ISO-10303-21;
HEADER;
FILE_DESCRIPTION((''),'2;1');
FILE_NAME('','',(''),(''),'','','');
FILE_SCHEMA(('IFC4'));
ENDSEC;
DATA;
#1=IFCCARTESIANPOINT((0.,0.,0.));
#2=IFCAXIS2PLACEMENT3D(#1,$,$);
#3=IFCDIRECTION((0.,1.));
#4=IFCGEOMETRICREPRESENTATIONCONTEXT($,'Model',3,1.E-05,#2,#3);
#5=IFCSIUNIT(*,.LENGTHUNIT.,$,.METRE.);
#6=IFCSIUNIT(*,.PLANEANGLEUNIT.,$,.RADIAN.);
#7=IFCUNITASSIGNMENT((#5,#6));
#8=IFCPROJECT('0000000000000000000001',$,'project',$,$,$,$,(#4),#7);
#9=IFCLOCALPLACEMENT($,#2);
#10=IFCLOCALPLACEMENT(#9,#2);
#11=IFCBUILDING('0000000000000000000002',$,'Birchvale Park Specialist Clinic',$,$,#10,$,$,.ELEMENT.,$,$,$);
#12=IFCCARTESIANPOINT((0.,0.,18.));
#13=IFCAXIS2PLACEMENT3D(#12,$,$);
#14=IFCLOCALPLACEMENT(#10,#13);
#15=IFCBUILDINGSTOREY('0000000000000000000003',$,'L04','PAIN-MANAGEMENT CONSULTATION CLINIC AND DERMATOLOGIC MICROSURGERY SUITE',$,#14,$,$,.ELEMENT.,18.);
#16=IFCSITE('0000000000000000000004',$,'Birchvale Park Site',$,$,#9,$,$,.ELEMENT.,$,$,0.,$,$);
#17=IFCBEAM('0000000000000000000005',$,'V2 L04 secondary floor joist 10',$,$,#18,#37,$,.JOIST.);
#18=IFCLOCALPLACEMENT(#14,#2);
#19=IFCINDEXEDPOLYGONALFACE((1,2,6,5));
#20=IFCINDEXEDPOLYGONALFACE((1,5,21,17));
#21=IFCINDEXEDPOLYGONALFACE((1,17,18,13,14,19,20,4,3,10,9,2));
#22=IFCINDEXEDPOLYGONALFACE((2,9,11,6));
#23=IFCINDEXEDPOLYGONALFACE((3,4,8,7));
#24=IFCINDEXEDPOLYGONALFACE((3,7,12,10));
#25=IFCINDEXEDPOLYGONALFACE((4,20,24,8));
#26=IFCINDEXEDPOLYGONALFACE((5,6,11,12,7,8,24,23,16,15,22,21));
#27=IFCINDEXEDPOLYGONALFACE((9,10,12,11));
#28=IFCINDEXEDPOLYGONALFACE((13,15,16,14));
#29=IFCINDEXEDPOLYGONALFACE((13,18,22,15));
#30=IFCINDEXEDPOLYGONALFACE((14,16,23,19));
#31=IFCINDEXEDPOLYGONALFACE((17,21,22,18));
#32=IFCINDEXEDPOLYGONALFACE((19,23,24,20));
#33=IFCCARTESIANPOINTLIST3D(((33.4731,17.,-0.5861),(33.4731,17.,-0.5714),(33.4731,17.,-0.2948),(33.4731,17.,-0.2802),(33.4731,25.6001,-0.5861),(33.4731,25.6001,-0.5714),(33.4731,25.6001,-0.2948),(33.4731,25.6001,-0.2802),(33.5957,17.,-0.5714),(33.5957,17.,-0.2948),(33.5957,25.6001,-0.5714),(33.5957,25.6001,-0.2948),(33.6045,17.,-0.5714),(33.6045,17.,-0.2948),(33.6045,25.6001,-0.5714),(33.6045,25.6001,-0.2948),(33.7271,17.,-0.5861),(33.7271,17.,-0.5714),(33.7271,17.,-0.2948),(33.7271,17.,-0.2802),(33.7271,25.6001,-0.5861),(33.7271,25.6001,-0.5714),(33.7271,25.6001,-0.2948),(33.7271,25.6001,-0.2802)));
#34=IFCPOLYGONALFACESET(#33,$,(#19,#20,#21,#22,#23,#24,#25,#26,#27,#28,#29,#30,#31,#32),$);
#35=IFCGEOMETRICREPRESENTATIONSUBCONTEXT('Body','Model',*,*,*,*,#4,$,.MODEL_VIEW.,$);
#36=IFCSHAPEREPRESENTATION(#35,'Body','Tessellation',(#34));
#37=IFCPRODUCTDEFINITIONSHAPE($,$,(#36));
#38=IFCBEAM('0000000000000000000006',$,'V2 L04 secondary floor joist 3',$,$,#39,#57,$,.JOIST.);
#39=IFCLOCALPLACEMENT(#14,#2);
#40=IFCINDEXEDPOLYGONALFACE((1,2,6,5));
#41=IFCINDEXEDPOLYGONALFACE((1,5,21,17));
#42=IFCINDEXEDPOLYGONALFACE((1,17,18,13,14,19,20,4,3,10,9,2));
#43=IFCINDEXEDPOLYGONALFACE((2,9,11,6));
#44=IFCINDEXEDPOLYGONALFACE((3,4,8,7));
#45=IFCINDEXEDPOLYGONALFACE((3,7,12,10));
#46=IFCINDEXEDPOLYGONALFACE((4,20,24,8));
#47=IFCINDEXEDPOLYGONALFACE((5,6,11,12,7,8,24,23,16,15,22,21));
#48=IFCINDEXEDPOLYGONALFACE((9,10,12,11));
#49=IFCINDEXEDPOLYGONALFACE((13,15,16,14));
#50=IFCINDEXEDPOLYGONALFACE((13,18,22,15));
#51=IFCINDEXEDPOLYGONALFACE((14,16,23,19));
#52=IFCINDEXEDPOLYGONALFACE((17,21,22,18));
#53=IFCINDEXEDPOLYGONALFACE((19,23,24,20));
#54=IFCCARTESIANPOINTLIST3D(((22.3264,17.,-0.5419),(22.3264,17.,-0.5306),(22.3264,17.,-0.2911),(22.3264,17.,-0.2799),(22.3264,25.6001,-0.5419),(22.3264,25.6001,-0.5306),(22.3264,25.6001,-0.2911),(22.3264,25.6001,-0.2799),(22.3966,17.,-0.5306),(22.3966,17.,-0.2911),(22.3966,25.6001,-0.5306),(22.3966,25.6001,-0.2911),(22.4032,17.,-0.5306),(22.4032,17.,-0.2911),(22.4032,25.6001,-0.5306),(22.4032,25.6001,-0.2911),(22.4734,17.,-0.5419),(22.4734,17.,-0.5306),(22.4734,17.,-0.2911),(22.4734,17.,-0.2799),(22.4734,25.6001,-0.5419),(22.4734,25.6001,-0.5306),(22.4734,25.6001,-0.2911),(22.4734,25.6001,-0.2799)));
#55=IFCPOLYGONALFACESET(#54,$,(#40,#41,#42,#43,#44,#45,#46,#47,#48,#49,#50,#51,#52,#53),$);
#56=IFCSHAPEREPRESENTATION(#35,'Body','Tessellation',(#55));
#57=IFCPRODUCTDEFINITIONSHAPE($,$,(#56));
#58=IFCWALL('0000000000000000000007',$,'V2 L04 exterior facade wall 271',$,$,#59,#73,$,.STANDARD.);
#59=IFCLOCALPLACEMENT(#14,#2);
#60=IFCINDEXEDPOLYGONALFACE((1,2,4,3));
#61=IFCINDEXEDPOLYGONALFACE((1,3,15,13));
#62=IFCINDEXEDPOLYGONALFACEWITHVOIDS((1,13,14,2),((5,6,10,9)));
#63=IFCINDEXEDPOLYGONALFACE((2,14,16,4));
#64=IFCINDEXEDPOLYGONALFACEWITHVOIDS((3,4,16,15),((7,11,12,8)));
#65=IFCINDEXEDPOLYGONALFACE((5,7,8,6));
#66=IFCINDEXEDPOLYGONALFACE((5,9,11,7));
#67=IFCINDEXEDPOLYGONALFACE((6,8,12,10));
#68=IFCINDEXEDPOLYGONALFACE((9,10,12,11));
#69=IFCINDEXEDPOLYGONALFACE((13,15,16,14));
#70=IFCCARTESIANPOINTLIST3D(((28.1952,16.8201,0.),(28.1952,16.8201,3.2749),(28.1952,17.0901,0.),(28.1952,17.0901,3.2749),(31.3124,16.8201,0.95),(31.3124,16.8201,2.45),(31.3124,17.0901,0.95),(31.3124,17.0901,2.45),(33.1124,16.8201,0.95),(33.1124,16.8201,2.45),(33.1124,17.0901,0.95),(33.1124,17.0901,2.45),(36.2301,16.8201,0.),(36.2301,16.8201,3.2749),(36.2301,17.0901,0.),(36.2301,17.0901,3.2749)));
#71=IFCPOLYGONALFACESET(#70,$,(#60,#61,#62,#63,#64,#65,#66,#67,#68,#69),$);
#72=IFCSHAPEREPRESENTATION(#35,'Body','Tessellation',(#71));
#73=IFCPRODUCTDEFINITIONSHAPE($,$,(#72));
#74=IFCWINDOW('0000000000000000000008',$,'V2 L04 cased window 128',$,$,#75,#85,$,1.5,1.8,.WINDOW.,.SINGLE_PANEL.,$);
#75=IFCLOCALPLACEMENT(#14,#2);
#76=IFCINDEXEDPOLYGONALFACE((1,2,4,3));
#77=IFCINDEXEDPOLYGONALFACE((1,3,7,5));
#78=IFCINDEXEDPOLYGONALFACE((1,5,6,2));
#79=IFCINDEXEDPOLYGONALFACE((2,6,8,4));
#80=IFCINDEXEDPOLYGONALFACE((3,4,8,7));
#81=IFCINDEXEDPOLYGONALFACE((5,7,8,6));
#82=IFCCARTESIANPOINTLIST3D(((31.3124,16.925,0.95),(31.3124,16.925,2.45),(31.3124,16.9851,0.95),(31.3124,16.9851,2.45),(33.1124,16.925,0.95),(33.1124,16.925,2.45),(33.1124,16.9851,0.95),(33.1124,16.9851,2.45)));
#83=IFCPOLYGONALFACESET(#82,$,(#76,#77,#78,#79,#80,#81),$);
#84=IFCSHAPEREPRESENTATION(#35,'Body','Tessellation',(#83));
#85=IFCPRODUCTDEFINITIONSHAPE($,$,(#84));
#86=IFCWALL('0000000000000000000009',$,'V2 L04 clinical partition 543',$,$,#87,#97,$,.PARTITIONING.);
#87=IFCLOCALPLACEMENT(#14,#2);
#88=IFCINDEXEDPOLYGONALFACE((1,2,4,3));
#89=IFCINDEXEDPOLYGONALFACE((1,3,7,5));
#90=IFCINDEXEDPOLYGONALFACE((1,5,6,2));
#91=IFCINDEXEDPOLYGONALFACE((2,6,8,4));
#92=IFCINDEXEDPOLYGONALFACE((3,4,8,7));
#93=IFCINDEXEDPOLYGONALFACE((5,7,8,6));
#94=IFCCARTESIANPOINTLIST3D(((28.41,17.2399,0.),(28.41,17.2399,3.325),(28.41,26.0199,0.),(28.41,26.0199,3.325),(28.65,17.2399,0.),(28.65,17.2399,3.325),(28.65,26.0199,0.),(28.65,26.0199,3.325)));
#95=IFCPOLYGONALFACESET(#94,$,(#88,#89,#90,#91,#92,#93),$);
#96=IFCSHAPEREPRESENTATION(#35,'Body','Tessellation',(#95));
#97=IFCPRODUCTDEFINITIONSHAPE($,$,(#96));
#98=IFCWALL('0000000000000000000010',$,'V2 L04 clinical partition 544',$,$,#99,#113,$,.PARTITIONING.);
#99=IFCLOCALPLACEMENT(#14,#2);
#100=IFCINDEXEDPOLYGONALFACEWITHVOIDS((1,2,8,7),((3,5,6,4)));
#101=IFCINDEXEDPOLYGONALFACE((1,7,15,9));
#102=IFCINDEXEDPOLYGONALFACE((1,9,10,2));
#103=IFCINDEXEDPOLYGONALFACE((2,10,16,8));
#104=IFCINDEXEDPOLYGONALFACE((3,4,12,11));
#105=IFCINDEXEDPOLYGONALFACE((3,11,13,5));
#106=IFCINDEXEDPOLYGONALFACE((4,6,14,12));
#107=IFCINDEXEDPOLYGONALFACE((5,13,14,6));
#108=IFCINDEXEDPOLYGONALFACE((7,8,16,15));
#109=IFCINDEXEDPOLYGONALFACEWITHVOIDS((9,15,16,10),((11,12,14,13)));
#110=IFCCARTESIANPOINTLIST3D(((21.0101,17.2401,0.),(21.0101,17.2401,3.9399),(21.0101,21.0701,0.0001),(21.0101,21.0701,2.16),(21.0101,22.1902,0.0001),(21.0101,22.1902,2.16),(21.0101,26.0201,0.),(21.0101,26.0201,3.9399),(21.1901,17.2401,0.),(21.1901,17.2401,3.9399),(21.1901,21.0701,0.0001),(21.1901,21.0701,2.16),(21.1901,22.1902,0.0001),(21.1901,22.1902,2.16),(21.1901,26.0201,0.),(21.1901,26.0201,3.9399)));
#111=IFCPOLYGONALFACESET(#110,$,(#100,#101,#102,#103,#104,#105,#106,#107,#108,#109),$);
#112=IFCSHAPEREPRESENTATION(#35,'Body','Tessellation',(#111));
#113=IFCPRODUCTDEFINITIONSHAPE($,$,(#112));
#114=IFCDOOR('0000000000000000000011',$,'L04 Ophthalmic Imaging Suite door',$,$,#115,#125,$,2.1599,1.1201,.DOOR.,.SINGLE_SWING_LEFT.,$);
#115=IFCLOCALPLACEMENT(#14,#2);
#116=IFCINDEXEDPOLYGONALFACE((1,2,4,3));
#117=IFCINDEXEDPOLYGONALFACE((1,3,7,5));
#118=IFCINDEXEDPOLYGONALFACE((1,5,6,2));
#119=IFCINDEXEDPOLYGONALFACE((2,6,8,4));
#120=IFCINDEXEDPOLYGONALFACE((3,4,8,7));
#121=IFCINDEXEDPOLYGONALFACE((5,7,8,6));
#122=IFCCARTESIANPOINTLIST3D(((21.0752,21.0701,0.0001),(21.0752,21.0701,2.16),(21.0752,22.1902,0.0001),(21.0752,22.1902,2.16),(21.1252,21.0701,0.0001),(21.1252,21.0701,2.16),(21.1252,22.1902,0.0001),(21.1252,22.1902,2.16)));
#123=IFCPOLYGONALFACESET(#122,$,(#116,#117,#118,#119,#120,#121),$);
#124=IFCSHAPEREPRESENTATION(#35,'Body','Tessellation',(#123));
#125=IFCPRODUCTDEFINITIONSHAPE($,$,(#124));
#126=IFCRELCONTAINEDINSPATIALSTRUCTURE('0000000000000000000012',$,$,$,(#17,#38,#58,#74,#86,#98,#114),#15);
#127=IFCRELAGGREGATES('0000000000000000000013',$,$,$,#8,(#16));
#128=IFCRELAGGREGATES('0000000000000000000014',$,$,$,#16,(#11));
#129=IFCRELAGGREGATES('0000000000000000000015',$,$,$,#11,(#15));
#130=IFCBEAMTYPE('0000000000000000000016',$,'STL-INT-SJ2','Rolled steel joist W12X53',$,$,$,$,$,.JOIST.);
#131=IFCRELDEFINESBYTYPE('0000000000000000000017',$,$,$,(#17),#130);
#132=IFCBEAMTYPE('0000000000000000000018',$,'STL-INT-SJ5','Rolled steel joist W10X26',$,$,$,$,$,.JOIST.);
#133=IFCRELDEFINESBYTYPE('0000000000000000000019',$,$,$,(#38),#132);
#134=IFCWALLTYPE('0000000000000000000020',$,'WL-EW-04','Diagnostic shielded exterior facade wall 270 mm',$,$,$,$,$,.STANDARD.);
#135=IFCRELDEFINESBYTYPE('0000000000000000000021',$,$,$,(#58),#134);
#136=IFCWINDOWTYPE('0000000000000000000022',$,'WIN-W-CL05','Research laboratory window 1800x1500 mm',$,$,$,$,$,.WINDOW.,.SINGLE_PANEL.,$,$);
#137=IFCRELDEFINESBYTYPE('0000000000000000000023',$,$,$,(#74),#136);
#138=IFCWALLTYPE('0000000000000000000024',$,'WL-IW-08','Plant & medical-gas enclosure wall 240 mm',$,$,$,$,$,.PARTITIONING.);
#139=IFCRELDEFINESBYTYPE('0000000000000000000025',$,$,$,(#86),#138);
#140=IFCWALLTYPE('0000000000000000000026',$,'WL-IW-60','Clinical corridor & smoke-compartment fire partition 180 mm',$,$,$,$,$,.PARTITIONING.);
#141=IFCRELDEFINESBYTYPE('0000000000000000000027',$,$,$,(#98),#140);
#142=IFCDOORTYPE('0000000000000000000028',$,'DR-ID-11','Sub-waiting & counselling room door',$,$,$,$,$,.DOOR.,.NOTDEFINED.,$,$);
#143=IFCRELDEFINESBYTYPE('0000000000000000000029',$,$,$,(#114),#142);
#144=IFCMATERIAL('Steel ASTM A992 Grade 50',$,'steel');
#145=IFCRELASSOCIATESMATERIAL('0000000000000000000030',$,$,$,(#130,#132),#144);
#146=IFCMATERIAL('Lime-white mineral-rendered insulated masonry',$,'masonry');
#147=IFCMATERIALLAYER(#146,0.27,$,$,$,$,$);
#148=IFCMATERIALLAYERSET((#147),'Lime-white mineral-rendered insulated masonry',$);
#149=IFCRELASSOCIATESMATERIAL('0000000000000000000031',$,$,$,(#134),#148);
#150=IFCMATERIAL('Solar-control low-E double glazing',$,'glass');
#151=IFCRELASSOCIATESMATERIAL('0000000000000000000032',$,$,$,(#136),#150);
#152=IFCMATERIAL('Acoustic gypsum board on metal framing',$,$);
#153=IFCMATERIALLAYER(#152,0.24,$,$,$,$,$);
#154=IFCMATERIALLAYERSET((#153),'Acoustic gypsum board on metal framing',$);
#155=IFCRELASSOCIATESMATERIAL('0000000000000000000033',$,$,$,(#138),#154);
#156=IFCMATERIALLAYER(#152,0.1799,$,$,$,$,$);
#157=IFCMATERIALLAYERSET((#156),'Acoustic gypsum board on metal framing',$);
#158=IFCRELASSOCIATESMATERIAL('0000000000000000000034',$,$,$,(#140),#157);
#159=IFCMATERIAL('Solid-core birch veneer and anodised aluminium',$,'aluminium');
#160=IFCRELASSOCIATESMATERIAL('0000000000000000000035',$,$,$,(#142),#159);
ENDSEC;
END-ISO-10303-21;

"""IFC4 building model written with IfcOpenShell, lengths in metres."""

from ifc_helpers import new_model, si_unit, direction, frame, frame_2d, origin, origin_2d, place, context, subcontext, project, spatial, rectangle, i_section, extrude, material, layer, layer_set, material_profile, profile_set, type_object, element, fill, save


model = new_model("IFC4")

# Units and contexts
model_context = context("Model", 3, precision=1e-05, world=origin(), true_north=direction((0.0, 1.0)))
body_context = subcontext(model_context, "Body", "Model", "MODEL_VIEW")
ifc_project = project(units=[si_unit("LENGTHUNIT", "METRE"), si_unit("PLANEANGLEUNIT", "RADIAN")], contexts=[model_context])

# Site, building, storey
site_placement = place(None, origin())
site = spatial("IfcSite", under=ifc_project, at=site_placement, Name="Birchvale Park Site", CompositionType="ELEMENT", RefElevation=0.0)
building_placement = place(site_placement, origin())
building = spatial("IfcBuilding", under=site, at=building_placement, Name="Birchvale Park Specialist Clinic", CompositionType="ELEMENT")
storey_placement = place(building_placement, frame((0.0, 0.0, 18.0)))
storey = spatial("IfcBuildingStorey", under=building, at=storey_placement, Name="L04", Description="PAIN-MANAGEMENT CONSULTATION CLINIC AND DERMATOLOGIC MICROSURGERY SUITE", CompositionType="ELEMENT", Elevation=18.0)

# Beams
ifc_material_1 = material(Name="Steel ASTM A992 Grade 50", Category="steel")
ifc_material_profile_1 = material_profile(ifc_material_1, i_section(OverallWidth=0.2539, OverallDepth=0.3059, WebThickness=0.0088, FlangeThickness=0.0146, at=origin_2d()), Name="W12X53")
ifc_profile_set_1 = profile_set([ifc_material_profile_1], Name="Steel ASTM A992 Grade 50")
beam_type_1 = type_object("IfcBeamType", Name="STL-INT-SJ2", Description="Rolled steel joist W12X53", PredefinedType="JOIST", material=ifc_profile_set_1)
beam_1_placement = place(storey_placement, frame((33.6001, 17.0, -0.4331), z_axis=(0.0, 1.0, 0.0), x_axis=(-1.0, 0.0, 0.0)))
element("IfcBeam", 1, at=beam_1_placement, inside=storey, type_object=beam_type_1, Name="V2 L04 secondary floor joist 10", PredefinedType="JOIST", context=body_context, shape_type="SweptSolid", body=[
    extrude(i_section(OverallWidth=0.2539, OverallDepth=0.3059, WebThickness=0.0088, FlangeThickness=0.0146, at=origin_2d()), origin(), (0.0, 0.0, 1.0), 8.6001),
])
ifc_material_profile_2 = material_profile(ifc_material_1, i_section(OverallWidth=0.147, OverallDepth=0.262, WebThickness=0.0066, FlangeThickness=0.0112, at=origin_2d()), Name="W10X26")
ifc_profile_set_2 = profile_set([ifc_material_profile_2], Name="Steel ASTM A992 Grade 50")
beam_type_2 = type_object("IfcBeamType", Name="STL-INT-SJ5", Description="Rolled steel joist W10X26", PredefinedType="JOIST", material=ifc_profile_set_2)
beam_2_placement = place(storey_placement, frame((22.3999, 17.0, -0.4109), z_axis=(0.0, 1.0, 0.0), x_axis=(-1.0, 0.0, 0.0)))
element("IfcBeam", 2, at=beam_2_placement, inside=storey, type_object=beam_type_2, Name="V2 L04 secondary floor joist 3", PredefinedType="JOIST", context=body_context, shape_type="SweptSolid", body=[
    extrude(i_section(OverallWidth=0.147, OverallDepth=0.262, WebThickness=0.0066, FlangeThickness=0.0112, at=origin_2d()), origin(), (0.0, 0.0, 1.0), 8.6001),
])

# Wall, opening, window
ifc_material_2 = material(Name="Lime-white mineral-rendered insulated masonry", Category="masonry")
ifc_layer_1 = layer(ifc_material_2, 0.27)
ifc_layer_set_1 = layer_set([ifc_layer_1], Name="Lime-white mineral-rendered insulated masonry")
wall_type_1 = type_object("IfcWallType", Name="WL-EW-04", Description="Diagnostic shielded exterior facade wall 270 mm", PredefinedType="STANDARD", material=ifc_layer_set_1)
wall_1_placement = place(storey_placement, frame((28.1951, 16.9551, 0.0), z_axis=(0.0, 0.0, 1.0), x_axis=(1.0, 0.0, 0.0)))
wall_1 = element("IfcWall", 3, at=wall_1_placement, inside=storey, type_object=wall_type_1, Name="V2 L04 exterior facade wall 271", PredefinedType="STANDARD", context=body_context, shape_type="SweptSolid", body=[
    extrude(rectangle(XDim=8.0349, YDim=0.27, at=frame_2d((4.0176, 0.0))), origin(), (0.0, 0.0, 1.0), 3.2749),
])
opening_1_placement = place(wall_1_placement, frame((3.1174, 0.0, 0.95)))
opening_1 = element("IfcOpeningElement", 4, at=opening_1_placement, cuts=wall_1, PredefinedType="OPENING", context=body_context, shape_type="SweptSolid", body=[
    extrude(rectangle(XDim=1.8, YDim=1.5, at=frame_2d((0.8999, 0.75))), frame((0.0, 0.145, 0.0), z_axis=(0.0, -1.0, 0.0), x_axis=(1.0, 0.0, 0.0)), (0.0, 0.0, 1.0), 0.29),
])
ifc_material_3 = material(Name="Solar-control low-E double glazing", Category="glass")
window_type = type_object("IfcWindowType", Name="WIN-W-CL05", Description="Research laboratory window 1800x1500 mm", PartitioningType="SINGLE_PANEL", PredefinedType="WINDOW", material=ifc_material_3)
window_placement = place(opening_1_placement, origin())
window = element("IfcWindow", 5, at=window_placement, inside=storey, type_object=window_type, Name="V2 L04 cased window 128", OverallHeight=1.5, OverallWidth=1.8, PartitioningType="SINGLE_PANEL", PredefinedType="WINDOW", context=body_context, shape_type="SweptSolid", body=[
    extrude(rectangle(XDim=1.8, YDim=1.5, at=frame_2d((0.8999, 0.75))), frame((0.0, 0.03, 0.0), z_axis=(0.0, -1.0, 0.0), x_axis=(1.0, 0.0, 0.0)), (0.0, 0.0, 1.0), 0.0601),
])
fill(opening_1, window)

# Wall
ifc_material_4 = material(Name="Acoustic gypsum board on metal framing")
ifc_layer_2 = layer(ifc_material_4, 0.24)
ifc_layer_set_2 = layer_set([ifc_layer_2], Name="Acoustic gypsum board on metal framing")
wall_type_2 = type_object("IfcWallType", Name="WL-IW-08", Description="Plant & medical-gas enclosure wall 240 mm", PredefinedType="PARTITIONING", material=ifc_layer_set_2)
wall_2_placement = place(storey_placement, frame((28.53, 26.02, 0.0), z_axis=(0.0, 0.0, 1.0), x_axis=(0.0, -1.0, 0.0)))
element("IfcWall", 6, at=wall_2_placement, inside=storey, type_object=wall_type_2, Name="V2 L04 clinical partition 543", PredefinedType="PARTITIONING", context=body_context, shape_type="SweptSolid", body=[
    extrude(rectangle(XDim=8.78, YDim=0.24, at=frame_2d((4.3901, 0.0))), origin(), (0.0, 0.0, 1.0), 3.325),
])

# Wall, opening, door
ifc_layer_3 = layer(ifc_material_4, 0.1799)
ifc_layer_set_3 = layer_set([ifc_layer_3], Name="Acoustic gypsum board on metal framing")
wall_type_3 = type_object("IfcWallType", Name="WL-IW-60", Description="Clinical corridor & smoke-compartment fire partition 180 mm", PredefinedType="PARTITIONING", material=ifc_layer_set_3)
wall_3_placement = place(storey_placement, frame((21.1001, 17.24, 0.0), z_axis=(0.0, 0.0, 1.0), x_axis=(0.0, 1.0, 0.0)))
wall_3 = element("IfcWall", 7, at=wall_3_placement, inside=storey, type_object=wall_type_3, Name="V2 L04 clinical partition 544", PredefinedType="PARTITIONING", context=body_context, shape_type="SweptSolid", body=[
    extrude(rectangle(XDim=8.78, YDim=0.1799, at=frame_2d((4.3901, 0.0))), origin(), (0.0, 0.0, 1.0), 3.9399),
])
opening_2_placement = place(wall_3_placement, frame((3.8301, 0.0, 0.0)))
opening_2 = element("IfcOpeningElement", 8, at=opening_2_placement, cuts=wall_3, PredefinedType="OPENING", context=body_context, shape_type="SweptSolid", body=[
    extrude(rectangle(XDim=1.1201, YDim=2.1599, at=frame_2d((0.5601, 1.0801))), frame((0.0, 0.1001, 0.0), z_axis=(0.0, -1.0, 0.0), x_axis=(1.0, 0.0, 0.0)), (0.0, 0.0, 1.0), 0.2),
])
ifc_material_5 = material(Name="Solid-core birch veneer and anodised aluminium", Category="aluminium")
door_type = type_object("IfcDoorType", Name="DR-ID-11", Description="Sub-waiting & counselling room door", OperationType="NOTDEFINED", PredefinedType="DOOR", material=ifc_material_5)
door_placement = place(opening_2_placement, origin())
door = element("IfcDoor", 9, at=door_placement, inside=storey, type_object=door_type, Name="L04 Ophthalmic Imaging Suite door", OperationType="SINGLE_SWING_LEFT", OverallHeight=2.1599, OverallWidth=1.1201, PredefinedType="DOOR", context=body_context, shape_type="SweptSolid", body=[
    extrude(rectangle(XDim=1.1201, YDim=2.1599, at=frame_2d((0.5601, 1.0801))), frame((0.0, 0.0249, 0.0), z_axis=(0.0, -1.0, 0.0), x_axis=(1.0, 0.0, 0.0)), (0.0, 0.0, 1.0), 0.05),
])
fill(opening_2, door)

save(model, "model.ifc")
